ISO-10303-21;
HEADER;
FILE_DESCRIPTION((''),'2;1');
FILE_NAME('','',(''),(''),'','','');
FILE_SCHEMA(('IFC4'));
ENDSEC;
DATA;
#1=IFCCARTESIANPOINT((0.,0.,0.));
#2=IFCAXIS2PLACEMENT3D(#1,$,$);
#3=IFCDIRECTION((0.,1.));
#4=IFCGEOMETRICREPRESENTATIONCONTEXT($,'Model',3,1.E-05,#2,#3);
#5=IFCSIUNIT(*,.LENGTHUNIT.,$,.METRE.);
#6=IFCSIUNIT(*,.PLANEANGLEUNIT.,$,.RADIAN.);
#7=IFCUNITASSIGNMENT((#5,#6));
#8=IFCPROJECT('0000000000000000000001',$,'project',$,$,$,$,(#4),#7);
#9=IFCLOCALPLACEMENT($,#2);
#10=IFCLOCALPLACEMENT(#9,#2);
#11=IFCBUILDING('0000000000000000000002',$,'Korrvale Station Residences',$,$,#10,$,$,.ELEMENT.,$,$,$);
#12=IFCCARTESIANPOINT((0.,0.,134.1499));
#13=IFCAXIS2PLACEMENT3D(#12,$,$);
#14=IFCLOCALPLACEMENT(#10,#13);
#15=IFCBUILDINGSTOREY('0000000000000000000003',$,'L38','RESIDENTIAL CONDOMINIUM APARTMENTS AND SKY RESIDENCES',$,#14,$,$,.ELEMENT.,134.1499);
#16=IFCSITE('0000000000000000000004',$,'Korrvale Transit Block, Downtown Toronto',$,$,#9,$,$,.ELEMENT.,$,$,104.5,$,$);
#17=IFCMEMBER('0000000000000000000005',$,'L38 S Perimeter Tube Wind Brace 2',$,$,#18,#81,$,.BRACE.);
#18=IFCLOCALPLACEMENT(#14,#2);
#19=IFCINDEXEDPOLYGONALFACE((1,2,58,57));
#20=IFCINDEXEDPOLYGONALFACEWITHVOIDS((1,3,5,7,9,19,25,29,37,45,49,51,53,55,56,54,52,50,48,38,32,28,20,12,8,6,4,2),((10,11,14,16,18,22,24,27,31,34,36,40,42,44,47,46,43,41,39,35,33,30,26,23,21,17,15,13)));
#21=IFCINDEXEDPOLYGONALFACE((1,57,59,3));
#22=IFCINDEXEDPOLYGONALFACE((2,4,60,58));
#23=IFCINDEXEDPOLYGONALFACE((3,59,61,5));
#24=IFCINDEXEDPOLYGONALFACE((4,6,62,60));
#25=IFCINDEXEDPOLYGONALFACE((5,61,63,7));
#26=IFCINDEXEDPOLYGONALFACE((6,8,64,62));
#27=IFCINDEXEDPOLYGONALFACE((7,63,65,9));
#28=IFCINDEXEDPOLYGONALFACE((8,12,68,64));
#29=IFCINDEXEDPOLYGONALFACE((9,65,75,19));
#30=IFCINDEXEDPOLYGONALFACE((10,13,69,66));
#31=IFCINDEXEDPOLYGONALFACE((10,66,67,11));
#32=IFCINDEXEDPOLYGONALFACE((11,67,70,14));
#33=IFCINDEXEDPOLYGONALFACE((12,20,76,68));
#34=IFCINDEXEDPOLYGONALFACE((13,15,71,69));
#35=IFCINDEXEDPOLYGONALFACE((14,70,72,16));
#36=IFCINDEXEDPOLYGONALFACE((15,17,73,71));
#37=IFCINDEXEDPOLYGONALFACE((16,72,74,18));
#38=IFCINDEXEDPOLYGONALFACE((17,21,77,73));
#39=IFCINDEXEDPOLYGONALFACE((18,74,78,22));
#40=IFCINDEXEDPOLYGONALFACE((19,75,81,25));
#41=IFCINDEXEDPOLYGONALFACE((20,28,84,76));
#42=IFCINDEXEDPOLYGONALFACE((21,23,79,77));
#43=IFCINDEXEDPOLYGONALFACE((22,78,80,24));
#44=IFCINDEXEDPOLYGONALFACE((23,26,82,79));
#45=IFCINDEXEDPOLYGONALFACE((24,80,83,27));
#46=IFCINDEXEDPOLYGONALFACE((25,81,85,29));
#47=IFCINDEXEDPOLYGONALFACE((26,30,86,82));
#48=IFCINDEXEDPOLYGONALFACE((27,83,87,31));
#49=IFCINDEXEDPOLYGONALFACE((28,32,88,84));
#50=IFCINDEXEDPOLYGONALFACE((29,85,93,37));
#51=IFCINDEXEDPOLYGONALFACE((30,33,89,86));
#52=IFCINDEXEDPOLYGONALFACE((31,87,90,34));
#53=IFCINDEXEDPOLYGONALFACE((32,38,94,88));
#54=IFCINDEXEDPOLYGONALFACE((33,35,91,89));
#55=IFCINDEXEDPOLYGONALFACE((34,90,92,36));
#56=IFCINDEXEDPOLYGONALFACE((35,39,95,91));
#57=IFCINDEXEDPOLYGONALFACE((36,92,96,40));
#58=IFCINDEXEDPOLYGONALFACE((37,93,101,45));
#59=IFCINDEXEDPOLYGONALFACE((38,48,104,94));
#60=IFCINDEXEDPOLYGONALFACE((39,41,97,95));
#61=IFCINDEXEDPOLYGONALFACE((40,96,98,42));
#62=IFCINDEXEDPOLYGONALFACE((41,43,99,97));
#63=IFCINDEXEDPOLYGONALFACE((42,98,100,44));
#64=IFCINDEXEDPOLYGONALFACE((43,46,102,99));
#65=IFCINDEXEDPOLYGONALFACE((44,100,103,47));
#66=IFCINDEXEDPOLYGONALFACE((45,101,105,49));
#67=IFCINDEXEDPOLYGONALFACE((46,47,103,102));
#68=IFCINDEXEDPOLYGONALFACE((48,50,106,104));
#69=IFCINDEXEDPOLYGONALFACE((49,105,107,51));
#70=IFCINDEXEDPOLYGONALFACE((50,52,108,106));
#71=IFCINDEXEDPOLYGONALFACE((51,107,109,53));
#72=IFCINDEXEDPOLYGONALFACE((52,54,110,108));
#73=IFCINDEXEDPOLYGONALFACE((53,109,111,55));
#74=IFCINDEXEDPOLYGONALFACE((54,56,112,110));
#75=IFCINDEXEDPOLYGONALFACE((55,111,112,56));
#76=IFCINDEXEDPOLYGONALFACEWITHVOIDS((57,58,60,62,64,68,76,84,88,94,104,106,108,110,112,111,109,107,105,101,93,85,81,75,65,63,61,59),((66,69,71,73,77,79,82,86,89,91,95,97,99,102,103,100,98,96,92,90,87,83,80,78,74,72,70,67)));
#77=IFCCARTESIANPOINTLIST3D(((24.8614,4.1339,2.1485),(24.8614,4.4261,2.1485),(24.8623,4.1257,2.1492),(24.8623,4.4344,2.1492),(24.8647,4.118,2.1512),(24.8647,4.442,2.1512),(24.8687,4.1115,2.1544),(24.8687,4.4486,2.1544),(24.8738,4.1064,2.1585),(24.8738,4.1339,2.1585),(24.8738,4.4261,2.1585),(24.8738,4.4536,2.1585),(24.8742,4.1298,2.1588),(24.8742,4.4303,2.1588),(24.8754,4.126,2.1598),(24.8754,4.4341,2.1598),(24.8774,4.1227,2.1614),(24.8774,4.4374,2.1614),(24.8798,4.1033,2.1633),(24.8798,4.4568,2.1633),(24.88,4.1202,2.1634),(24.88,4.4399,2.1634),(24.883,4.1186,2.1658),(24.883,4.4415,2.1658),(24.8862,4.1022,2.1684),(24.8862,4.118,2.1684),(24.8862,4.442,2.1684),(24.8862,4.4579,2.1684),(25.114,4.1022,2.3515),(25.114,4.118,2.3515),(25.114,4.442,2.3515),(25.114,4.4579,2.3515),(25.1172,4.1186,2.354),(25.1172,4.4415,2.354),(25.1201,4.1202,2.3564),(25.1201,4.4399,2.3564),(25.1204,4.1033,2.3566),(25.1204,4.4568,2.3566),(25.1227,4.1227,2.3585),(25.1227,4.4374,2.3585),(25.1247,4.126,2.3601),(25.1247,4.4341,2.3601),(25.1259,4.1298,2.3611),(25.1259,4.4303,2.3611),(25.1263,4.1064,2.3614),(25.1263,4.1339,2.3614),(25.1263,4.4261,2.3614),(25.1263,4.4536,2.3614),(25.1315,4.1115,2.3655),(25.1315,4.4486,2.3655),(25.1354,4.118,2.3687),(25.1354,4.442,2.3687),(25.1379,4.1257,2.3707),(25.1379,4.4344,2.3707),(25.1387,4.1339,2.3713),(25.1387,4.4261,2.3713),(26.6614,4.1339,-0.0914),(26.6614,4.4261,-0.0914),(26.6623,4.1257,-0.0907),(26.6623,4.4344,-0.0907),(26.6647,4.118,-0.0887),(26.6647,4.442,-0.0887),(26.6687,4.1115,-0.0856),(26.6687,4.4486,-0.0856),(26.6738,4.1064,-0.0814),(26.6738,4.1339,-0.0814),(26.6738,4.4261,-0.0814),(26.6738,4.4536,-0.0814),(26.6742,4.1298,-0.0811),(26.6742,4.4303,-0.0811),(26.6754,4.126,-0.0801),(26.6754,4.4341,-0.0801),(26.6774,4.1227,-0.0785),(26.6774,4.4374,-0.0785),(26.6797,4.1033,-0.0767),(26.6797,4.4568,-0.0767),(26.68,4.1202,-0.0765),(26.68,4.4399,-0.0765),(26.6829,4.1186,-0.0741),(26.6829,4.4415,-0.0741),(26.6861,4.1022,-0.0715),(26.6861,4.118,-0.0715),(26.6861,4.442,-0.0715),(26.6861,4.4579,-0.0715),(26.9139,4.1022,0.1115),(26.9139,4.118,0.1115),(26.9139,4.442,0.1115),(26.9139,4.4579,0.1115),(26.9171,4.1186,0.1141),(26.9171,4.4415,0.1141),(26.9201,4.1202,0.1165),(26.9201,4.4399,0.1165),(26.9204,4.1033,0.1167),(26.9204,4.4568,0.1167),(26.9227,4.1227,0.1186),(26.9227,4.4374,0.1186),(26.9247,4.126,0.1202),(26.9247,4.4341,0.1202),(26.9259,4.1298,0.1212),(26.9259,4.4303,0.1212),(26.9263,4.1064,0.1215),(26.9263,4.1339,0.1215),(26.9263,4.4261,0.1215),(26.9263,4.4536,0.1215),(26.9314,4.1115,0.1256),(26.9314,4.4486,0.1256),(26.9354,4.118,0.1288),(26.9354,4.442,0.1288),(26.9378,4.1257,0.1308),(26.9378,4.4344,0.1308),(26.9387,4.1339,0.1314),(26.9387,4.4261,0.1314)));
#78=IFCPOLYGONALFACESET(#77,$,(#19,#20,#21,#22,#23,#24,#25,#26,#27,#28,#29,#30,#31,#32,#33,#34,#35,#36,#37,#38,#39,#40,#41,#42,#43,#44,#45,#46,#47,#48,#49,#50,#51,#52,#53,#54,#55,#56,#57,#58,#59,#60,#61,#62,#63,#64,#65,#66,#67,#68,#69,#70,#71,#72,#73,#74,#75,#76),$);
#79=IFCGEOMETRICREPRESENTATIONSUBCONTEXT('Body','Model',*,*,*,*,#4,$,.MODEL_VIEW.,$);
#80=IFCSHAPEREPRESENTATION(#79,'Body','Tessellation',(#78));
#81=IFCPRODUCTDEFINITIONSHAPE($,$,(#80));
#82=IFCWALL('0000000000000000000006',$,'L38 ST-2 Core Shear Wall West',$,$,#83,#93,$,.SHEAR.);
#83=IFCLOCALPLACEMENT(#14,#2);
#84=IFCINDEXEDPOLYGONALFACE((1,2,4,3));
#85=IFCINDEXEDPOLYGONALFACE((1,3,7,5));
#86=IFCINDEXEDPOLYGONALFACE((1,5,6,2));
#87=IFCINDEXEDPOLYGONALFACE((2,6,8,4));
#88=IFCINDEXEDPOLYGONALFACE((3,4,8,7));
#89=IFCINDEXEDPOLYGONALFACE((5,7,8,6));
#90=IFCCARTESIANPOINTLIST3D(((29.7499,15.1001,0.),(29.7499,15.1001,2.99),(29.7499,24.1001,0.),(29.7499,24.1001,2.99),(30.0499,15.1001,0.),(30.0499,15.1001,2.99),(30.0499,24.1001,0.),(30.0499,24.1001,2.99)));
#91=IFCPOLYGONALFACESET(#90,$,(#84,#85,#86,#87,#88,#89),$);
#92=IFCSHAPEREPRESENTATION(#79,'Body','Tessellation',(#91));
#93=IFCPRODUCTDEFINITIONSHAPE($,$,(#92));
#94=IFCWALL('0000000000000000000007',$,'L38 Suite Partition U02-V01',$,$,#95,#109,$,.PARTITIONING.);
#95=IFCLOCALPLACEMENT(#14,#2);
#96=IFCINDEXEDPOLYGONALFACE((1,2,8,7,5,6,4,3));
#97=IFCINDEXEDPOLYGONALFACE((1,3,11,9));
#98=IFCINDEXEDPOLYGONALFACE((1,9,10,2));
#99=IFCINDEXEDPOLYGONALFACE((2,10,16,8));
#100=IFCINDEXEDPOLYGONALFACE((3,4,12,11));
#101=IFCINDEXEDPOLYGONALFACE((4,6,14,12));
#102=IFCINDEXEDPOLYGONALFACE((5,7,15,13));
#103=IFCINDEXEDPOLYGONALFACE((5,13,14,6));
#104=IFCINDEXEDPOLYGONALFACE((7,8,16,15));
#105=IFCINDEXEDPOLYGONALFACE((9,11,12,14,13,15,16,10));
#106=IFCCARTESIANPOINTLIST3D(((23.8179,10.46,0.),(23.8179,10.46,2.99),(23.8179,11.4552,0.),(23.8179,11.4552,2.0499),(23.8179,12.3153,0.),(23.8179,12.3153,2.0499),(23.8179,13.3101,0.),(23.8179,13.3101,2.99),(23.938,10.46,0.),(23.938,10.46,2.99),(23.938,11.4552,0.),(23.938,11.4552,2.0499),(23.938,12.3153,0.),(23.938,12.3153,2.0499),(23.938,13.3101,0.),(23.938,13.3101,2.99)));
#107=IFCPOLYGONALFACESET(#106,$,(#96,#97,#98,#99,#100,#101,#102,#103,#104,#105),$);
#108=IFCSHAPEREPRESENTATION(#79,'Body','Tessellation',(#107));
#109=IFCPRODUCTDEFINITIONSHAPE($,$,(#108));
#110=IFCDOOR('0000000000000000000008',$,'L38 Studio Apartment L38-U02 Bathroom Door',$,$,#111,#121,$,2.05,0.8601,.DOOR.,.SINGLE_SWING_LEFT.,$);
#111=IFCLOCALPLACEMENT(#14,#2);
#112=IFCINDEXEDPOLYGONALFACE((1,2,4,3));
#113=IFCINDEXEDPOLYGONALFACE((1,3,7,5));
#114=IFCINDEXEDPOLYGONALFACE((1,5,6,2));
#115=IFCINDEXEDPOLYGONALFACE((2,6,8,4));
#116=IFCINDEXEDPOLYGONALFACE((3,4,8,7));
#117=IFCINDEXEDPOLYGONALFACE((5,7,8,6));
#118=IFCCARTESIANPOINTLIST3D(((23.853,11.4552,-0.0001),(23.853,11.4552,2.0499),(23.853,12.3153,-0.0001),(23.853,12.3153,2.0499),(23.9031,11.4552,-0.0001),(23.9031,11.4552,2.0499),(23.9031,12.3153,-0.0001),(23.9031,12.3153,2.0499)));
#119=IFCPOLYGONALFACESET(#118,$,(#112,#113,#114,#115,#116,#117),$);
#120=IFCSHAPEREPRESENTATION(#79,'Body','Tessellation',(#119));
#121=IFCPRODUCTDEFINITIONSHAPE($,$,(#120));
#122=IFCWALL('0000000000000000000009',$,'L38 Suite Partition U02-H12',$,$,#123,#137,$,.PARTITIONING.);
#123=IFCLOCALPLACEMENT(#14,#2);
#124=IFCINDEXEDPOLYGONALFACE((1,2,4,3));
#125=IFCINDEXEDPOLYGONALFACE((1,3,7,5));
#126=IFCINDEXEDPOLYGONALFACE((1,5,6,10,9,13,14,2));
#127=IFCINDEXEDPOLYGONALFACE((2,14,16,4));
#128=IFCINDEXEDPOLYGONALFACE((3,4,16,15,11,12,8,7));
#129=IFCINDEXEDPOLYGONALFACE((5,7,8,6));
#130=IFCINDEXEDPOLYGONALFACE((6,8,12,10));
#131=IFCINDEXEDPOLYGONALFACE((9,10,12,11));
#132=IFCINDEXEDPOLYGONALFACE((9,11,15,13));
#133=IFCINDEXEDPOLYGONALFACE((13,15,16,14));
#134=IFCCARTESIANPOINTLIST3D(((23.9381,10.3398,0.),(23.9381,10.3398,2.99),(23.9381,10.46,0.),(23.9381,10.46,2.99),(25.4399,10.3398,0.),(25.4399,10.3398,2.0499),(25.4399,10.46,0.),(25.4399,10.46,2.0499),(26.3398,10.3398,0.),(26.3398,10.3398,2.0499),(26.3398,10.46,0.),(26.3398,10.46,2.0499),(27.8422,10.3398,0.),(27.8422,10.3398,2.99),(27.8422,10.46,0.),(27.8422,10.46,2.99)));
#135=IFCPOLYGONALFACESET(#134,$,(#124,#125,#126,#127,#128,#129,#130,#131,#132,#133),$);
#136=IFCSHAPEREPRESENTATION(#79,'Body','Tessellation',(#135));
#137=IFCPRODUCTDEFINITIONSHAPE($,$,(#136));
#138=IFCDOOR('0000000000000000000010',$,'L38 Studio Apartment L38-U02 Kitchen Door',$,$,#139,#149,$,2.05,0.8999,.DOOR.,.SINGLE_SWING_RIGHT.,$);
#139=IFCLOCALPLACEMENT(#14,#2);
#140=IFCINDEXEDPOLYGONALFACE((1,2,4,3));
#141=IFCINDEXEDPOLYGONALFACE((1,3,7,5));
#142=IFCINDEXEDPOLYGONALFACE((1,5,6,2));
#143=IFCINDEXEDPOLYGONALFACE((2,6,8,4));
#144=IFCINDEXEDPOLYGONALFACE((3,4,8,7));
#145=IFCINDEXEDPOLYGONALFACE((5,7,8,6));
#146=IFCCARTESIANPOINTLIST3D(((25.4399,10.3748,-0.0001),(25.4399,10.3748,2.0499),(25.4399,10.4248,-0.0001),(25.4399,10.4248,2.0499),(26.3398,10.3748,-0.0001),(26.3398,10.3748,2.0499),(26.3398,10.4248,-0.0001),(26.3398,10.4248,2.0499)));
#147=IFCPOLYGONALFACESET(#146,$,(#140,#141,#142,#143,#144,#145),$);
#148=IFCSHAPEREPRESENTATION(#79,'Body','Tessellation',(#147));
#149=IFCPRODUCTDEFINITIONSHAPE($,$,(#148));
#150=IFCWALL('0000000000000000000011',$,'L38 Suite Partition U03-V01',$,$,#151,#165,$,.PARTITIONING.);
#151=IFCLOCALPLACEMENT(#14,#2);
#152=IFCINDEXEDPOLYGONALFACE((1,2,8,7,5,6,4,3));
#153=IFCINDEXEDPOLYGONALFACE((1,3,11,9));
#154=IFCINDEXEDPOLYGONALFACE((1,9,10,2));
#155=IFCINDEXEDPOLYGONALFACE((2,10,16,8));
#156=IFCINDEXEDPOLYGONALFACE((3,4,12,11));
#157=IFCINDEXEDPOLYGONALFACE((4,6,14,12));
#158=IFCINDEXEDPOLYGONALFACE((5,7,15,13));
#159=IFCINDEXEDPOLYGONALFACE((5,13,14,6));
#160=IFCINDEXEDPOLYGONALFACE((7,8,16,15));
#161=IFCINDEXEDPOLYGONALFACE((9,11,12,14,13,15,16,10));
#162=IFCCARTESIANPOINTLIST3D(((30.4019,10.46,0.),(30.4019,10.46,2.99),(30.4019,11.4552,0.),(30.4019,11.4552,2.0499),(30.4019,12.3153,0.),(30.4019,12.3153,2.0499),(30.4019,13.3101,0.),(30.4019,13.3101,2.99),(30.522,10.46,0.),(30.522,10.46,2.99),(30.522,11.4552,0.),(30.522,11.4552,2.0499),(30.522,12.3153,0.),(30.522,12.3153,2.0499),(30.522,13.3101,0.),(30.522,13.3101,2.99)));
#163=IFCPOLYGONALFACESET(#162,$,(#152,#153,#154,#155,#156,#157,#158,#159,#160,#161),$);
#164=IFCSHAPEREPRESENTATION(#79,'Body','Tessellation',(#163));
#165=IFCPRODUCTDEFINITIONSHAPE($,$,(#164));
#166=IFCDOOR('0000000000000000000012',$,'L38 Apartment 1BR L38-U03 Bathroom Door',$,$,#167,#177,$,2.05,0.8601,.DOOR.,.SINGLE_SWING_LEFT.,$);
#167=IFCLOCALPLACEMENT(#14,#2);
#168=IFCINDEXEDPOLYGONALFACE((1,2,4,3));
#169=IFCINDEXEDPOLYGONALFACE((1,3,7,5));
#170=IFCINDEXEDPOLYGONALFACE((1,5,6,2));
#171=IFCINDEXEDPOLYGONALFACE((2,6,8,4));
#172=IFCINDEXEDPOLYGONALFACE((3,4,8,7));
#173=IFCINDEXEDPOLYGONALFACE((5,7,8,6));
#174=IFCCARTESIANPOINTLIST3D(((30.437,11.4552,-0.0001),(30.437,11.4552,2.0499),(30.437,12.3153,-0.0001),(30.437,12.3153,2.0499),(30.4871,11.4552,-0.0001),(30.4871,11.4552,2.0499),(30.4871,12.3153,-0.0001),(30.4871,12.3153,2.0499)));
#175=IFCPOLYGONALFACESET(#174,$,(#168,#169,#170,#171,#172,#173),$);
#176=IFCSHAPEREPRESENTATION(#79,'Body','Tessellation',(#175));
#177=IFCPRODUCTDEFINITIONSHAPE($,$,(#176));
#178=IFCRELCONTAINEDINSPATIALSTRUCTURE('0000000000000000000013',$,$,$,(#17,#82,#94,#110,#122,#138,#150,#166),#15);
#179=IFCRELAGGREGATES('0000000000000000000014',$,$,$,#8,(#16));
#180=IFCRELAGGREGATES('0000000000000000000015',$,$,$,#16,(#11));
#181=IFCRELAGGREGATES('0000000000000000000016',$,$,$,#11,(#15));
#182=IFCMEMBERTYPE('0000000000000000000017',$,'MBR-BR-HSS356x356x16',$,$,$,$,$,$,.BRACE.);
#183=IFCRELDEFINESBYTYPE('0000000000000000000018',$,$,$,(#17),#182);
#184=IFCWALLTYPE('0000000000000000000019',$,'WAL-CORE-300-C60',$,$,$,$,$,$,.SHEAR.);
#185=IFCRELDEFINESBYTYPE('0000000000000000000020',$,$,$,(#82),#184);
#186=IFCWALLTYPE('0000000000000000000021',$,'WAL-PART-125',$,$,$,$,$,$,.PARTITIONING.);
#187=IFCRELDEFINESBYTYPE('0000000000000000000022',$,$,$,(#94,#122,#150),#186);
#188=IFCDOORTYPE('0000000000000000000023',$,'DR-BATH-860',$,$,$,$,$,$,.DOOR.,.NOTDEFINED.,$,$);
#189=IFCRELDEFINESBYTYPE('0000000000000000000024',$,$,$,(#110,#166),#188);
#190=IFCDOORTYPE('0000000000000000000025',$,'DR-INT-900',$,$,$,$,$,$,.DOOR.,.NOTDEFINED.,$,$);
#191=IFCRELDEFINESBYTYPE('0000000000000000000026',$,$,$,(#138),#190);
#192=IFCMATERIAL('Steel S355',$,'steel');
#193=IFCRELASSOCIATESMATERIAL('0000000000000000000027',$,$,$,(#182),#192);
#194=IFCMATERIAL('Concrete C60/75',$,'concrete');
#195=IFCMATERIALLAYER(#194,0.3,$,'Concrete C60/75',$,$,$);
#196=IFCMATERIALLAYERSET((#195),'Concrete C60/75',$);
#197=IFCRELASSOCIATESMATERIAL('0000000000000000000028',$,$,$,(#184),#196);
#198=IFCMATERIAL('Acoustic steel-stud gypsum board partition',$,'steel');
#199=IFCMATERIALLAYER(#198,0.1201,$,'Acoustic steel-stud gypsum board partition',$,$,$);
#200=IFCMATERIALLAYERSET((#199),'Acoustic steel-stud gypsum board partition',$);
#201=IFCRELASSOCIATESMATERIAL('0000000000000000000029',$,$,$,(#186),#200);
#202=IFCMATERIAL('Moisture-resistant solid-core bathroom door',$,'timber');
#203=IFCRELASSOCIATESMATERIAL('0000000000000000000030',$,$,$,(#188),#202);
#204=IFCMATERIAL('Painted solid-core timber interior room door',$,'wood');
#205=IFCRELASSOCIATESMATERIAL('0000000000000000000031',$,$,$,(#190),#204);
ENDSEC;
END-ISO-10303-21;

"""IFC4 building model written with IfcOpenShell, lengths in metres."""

from ifc_helpers import new_model, si_unit, direction, frame, frame_2d, origin, origin_2d, place, context, subcontext, project, spatial, rectangle, hollow_rectangle, extrude, material, layer, layer_set, material_profile, profile_set, type_object, element, fill, save


model = new_model("IFC4")

# Units and contexts
model_context = context("Model", 3, precision=1e-05, world=origin(), true_north=direction((0.0, 1.0)))
body_context = subcontext(model_context, "Body", "Model", "MODEL_VIEW")
ifc_project = project(units=[si_unit("LENGTHUNIT", "METRE"), si_unit("PLANEANGLEUNIT", "RADIAN")], contexts=[model_context])

# Site, building, storey
site_placement = place(None, origin())
site = spatial("IfcSite", under=ifc_project, at=site_placement, Name="Korrvale Transit Block, Downtown Toronto", CompositionType="ELEMENT", RefElevation=104.5)
building_placement = place(site_placement, origin())
building = spatial("IfcBuilding", under=site, at=building_placement, Name="Korrvale Station Residences", CompositionType="ELEMENT")
storey_placement = place(building_placement, frame((0.0, 0.0, 134.1499)))
storey = spatial("IfcBuildingStorey", under=building, at=storey_placement, Name="L38", Description="RESIDENTIAL CONDOMINIUM APARTMENTS AND SKY RESIDENCES", CompositionType="ELEMENT", Elevation=134.1499)

# Shared definitions
ifc_material_1 = material(Name="Concrete C60/75", Category="concrete")

# Member
ifc_material_2 = material(Name="Steel S355", Category="steel")
ifc_material_profile_1 = material_profile(ifc_material_2, hollow_rectangle(XDim=0.3557, YDim=0.3557, WallThickness=0.0159, InnerFilletRadius=0.0159, OuterFilletRadius=0.0317, at=origin_2d()), Name="HSS356x356x16")
ifc_profile_set_1 = profile_set([ifc_material_profile_1], Name="Steel S355")
member_type = type_object("IfcMemberType", Name="MBR-BR-HSS356x356x16", PredefinedType="BRACE", material=ifc_profile_set_1)
for number, where, z_axis, x_axis, name in (
    (1, (26.8, 4.28, 0.02), (-0.626403, 0.0, 0.779499), (0.0, -1.0, 0.0), "L38 S Perimeter Tube Wind Brace 2"),
):
    element("IfcMember", number, at=place(storey_placement, frame(where, z_axis=z_axis, x_axis=x_axis)), inside=storey, type_object=member_type, Name=name, PredefinedType="BRACE", context=body_context, shape_type="SweptSolid", body=[
        extrude(hollow_rectangle(XDim=0.3557, YDim=0.3557, WallThickness=0.0159, InnerFilletRadius=0.0159, OuterFilletRadius=0.0317, at=origin_2d()), origin(), (0.0, 0.0, 1.0), 2.8735),
    ])

# Wall
ifc_layer_1 = layer(ifc_material_1, 0.3, Name="Concrete C60/75")
ifc_layer_set_1 = layer_set([ifc_layer_1], Name="Concrete C60/75")
wall_type_1 = type_object("IfcWallType", Name="WAL-CORE-300-C60", PredefinedType="SHEAR", material=ifc_layer_set_1)
wall_1_placement = place(storey_placement, frame((29.8999, 15.1001, 0.0), z_axis=(0.0, 0.0, 1.0), x_axis=(0.0, 1.0, 0.0)))
element("IfcWall", 2, at=wall_1_placement, inside=storey, type_object=wall_type_1, Name="L38 ST-2 Core Shear Wall West", PredefinedType="SHEAR", context=body_context, shape_type="SweptSolid", body=[
    extrude(rectangle(XDim=9.0, YDim=0.3, at=frame_2d((4.5, 0.0))), origin(), (0.0, 0.0, 1.0), 2.99),
])

# Walls, openings, doors
ifc_material_3 = material(Name="Acoustic steel-stud gypsum board partition", Category="steel")
ifc_layer_2 = layer(ifc_material_3, 0.1201, Name="Acoustic steel-stud gypsum board partition")
ifc_layer_set_2 = layer_set([ifc_layer_2], Name="Acoustic steel-stud gypsum board partition")
wall_type_2 = type_object("IfcWallType", Name="WAL-PART-125", PredefinedType="PARTITIONING", material=ifc_layer_set_2)
wall_2_placement = place(storey_placement, frame((23.8779, 10.46, 0.0), z_axis=(0.0, 0.0, 1.0), x_axis=(0.0, 1.0, 0.0)))
wall_2 = element("IfcWall", 3, at=wall_2_placement, inside=storey, type_object=wall_type_2, Name="L38 Suite Partition U02-V01", PredefinedType="PARTITIONING", context=body_context, shape_type="SweptSolid", body=[
    extrude(rectangle(XDim=2.8501, YDim=0.1201, at=frame_2d((1.425, 0.0))), origin(), (0.0, 0.0, 1.0), 2.99),
])
opening_1_placement = place(wall_2_placement, frame((0.9951, 0.0, 0.0)))
opening_1 = element("IfcOpeningElement", 4, at=opening_1_placement, cuts=wall_2, PredefinedType="OPENING", context=body_context, shape_type="SweptSolid", body=[
    extrude(rectangle(XDim=0.8601, YDim=2.05, at=frame_2d((0.4302, 1.0249))), frame((0.0, 0.0701, 0.0), z_axis=(0.0, -1.0, 0.0), x_axis=(1.0, 0.0, 0.0)), (0.0, 0.0, 1.0), 0.1401),
])
ifc_material_4 = material(Name="Moisture-resistant solid-core bathroom door", Category="timber")
door_type_1 = type_object("IfcDoorType", Name="DR-BATH-860", OperationType="NOTDEFINED", PredefinedType="DOOR", material=ifc_material_4)
door_1_placement = place(opening_1_placement, origin())
door_1 = element("IfcDoor", 5, at=door_1_placement, inside=storey, type_object=door_type_1, Name="L38 Studio Apartment L38-U02 Bathroom Door", OperationType="SINGLE_SWING_LEFT", OverallHeight=2.05, OverallWidth=0.8601, PredefinedType="DOOR", context=body_context, shape_type="SweptSolid", body=[
    extrude(rectangle(XDim=0.8601, YDim=2.05, at=frame_2d((0.4302, 1.0249))), frame((0.0, 0.0249, 0.0), z_axis=(0.0, -1.0, 0.0), x_axis=(1.0, 0.0, 0.0)), (0.0, 0.0, 1.0), 0.05),
])
fill(opening_1, door_1)
wall_3_placement = place(storey_placement, frame((23.938, 10.3999, 0.0), z_axis=(0.0, 0.0, 1.0), x_axis=(1.0, 0.0, 0.0)))
wall_3 = element("IfcWall", 6, at=wall_3_placement, inside=storey, type_object=wall_type_2, Name="L38 Suite Partition U02-H12", PredefinedType="PARTITIONING", context=body_context, shape_type="SweptSolid", body=[
    extrude(rectangle(XDim=3.9041, YDim=0.1201, at=frame_2d((1.9521, 0.0))), origin(), (0.0, 0.0, 1.0), 2.99),
])
opening_2_placement = place(wall_3_placement, frame((1.502, 0.0, 0.0)))
opening_2 = element("IfcOpeningElement", 7, at=opening_2_placement, cuts=wall_3, PredefinedType="OPENING", context=body_context, shape_type="SweptSolid", body=[
    extrude(rectangle(XDim=0.8999, YDim=2.05, at=frame_2d((0.45, 1.0249))), frame((0.0, 0.0701, 0.0), z_axis=(0.0, -1.0, 0.0), x_axis=(1.0, 0.0, 0.0)), (0.0, 0.0, 1.0), 0.1401),
])
ifc_material_5 = material(Name="Painted solid-core timber interior room door", Category="wood")
door_type_2 = type_object("IfcDoorType", Name="DR-INT-900", OperationType="NOTDEFINED", PredefinedType="DOOR", material=ifc_material_5)
door_2_placement = place(opening_2_placement, origin())
door_2 = element("IfcDoor", 8, at=door_2_placement, inside=storey, type_object=door_type_2, Name="L38 Studio Apartment L38-U02 Kitchen Door", OperationType="SINGLE_SWING_RIGHT", OverallHeight=2.05, OverallWidth=0.8999, PredefinedType="DOOR", context=body_context, shape_type="SweptSolid", body=[
    extrude(rectangle(XDim=0.8999, YDim=2.05, at=frame_2d((0.45, 1.0249))), frame((0.0, 0.0249, 0.0), z_axis=(0.0, -1.0, 0.0), x_axis=(1.0, 0.0, 0.0)), (0.0, 0.0, 1.0), 0.05),
])
fill(opening_2, door_2)
wall_4_placement = place(storey_placement, frame((30.4619, 10.46, 0.0), z_axis=(0.0, 0.0, 1.0), x_axis=(0.0, 1.0, 0.0)))
wall_4 = element("IfcWall", 9, at=wall_4_placement, inside=storey, type_object=wall_type_2, Name="L38 Suite Partition U03-V01", PredefinedType="PARTITIONING", context=body_context, shape_type="SweptSolid", body=[
    extrude(rectangle(XDim=2.8501, YDim=0.1201, at=frame_2d((1.425, 0.0))), origin(), (0.0, 0.0, 1.0), 2.99),
])
opening_3_placement = place(wall_4_placement, frame((0.9951, 0.0, 0.0)))
opening_3 = element("IfcOpeningElement", 10, at=opening_3_placement, cuts=wall_4, PredefinedType="OPENING", context=body_context, shape_type="SweptSolid", body=[
    extrude(rectangle(XDim=0.8601, YDim=2.05, at=frame_2d((0.4302, 1.0249))), frame((0.0, 0.0701, 0.0), z_axis=(0.0, -1.0, 0.0), x_axis=(1.0, 0.0, 0.0)), (0.0, 0.0, 1.0), 0.1401),
])
door_3_placement = place(opening_3_placement, origin())
door_3 = element("IfcDoor", 11, at=door_3_placement, inside=storey, type_object=door_type_1, Name="L38 Apartment 1BR L38-U03 Bathroom Door", OperationType="SINGLE_SWING_LEFT", OverallHeight=2.05, OverallWidth=0.8601, PredefinedType="DOOR", context=body_context, shape_type="SweptSolid", body=[
    extrude(rectangle(XDim=0.8601, YDim=2.05, at=frame_2d((0.4302, 1.0249))), frame((0.0, 0.0249, 0.0), z_axis=(0.0, -1.0, 0.0), x_axis=(1.0, 0.0, 0.0)), (0.0, 0.0, 1.0), 0.05),
])
fill(opening_3, door_3)

save(model, "model.ifc")
